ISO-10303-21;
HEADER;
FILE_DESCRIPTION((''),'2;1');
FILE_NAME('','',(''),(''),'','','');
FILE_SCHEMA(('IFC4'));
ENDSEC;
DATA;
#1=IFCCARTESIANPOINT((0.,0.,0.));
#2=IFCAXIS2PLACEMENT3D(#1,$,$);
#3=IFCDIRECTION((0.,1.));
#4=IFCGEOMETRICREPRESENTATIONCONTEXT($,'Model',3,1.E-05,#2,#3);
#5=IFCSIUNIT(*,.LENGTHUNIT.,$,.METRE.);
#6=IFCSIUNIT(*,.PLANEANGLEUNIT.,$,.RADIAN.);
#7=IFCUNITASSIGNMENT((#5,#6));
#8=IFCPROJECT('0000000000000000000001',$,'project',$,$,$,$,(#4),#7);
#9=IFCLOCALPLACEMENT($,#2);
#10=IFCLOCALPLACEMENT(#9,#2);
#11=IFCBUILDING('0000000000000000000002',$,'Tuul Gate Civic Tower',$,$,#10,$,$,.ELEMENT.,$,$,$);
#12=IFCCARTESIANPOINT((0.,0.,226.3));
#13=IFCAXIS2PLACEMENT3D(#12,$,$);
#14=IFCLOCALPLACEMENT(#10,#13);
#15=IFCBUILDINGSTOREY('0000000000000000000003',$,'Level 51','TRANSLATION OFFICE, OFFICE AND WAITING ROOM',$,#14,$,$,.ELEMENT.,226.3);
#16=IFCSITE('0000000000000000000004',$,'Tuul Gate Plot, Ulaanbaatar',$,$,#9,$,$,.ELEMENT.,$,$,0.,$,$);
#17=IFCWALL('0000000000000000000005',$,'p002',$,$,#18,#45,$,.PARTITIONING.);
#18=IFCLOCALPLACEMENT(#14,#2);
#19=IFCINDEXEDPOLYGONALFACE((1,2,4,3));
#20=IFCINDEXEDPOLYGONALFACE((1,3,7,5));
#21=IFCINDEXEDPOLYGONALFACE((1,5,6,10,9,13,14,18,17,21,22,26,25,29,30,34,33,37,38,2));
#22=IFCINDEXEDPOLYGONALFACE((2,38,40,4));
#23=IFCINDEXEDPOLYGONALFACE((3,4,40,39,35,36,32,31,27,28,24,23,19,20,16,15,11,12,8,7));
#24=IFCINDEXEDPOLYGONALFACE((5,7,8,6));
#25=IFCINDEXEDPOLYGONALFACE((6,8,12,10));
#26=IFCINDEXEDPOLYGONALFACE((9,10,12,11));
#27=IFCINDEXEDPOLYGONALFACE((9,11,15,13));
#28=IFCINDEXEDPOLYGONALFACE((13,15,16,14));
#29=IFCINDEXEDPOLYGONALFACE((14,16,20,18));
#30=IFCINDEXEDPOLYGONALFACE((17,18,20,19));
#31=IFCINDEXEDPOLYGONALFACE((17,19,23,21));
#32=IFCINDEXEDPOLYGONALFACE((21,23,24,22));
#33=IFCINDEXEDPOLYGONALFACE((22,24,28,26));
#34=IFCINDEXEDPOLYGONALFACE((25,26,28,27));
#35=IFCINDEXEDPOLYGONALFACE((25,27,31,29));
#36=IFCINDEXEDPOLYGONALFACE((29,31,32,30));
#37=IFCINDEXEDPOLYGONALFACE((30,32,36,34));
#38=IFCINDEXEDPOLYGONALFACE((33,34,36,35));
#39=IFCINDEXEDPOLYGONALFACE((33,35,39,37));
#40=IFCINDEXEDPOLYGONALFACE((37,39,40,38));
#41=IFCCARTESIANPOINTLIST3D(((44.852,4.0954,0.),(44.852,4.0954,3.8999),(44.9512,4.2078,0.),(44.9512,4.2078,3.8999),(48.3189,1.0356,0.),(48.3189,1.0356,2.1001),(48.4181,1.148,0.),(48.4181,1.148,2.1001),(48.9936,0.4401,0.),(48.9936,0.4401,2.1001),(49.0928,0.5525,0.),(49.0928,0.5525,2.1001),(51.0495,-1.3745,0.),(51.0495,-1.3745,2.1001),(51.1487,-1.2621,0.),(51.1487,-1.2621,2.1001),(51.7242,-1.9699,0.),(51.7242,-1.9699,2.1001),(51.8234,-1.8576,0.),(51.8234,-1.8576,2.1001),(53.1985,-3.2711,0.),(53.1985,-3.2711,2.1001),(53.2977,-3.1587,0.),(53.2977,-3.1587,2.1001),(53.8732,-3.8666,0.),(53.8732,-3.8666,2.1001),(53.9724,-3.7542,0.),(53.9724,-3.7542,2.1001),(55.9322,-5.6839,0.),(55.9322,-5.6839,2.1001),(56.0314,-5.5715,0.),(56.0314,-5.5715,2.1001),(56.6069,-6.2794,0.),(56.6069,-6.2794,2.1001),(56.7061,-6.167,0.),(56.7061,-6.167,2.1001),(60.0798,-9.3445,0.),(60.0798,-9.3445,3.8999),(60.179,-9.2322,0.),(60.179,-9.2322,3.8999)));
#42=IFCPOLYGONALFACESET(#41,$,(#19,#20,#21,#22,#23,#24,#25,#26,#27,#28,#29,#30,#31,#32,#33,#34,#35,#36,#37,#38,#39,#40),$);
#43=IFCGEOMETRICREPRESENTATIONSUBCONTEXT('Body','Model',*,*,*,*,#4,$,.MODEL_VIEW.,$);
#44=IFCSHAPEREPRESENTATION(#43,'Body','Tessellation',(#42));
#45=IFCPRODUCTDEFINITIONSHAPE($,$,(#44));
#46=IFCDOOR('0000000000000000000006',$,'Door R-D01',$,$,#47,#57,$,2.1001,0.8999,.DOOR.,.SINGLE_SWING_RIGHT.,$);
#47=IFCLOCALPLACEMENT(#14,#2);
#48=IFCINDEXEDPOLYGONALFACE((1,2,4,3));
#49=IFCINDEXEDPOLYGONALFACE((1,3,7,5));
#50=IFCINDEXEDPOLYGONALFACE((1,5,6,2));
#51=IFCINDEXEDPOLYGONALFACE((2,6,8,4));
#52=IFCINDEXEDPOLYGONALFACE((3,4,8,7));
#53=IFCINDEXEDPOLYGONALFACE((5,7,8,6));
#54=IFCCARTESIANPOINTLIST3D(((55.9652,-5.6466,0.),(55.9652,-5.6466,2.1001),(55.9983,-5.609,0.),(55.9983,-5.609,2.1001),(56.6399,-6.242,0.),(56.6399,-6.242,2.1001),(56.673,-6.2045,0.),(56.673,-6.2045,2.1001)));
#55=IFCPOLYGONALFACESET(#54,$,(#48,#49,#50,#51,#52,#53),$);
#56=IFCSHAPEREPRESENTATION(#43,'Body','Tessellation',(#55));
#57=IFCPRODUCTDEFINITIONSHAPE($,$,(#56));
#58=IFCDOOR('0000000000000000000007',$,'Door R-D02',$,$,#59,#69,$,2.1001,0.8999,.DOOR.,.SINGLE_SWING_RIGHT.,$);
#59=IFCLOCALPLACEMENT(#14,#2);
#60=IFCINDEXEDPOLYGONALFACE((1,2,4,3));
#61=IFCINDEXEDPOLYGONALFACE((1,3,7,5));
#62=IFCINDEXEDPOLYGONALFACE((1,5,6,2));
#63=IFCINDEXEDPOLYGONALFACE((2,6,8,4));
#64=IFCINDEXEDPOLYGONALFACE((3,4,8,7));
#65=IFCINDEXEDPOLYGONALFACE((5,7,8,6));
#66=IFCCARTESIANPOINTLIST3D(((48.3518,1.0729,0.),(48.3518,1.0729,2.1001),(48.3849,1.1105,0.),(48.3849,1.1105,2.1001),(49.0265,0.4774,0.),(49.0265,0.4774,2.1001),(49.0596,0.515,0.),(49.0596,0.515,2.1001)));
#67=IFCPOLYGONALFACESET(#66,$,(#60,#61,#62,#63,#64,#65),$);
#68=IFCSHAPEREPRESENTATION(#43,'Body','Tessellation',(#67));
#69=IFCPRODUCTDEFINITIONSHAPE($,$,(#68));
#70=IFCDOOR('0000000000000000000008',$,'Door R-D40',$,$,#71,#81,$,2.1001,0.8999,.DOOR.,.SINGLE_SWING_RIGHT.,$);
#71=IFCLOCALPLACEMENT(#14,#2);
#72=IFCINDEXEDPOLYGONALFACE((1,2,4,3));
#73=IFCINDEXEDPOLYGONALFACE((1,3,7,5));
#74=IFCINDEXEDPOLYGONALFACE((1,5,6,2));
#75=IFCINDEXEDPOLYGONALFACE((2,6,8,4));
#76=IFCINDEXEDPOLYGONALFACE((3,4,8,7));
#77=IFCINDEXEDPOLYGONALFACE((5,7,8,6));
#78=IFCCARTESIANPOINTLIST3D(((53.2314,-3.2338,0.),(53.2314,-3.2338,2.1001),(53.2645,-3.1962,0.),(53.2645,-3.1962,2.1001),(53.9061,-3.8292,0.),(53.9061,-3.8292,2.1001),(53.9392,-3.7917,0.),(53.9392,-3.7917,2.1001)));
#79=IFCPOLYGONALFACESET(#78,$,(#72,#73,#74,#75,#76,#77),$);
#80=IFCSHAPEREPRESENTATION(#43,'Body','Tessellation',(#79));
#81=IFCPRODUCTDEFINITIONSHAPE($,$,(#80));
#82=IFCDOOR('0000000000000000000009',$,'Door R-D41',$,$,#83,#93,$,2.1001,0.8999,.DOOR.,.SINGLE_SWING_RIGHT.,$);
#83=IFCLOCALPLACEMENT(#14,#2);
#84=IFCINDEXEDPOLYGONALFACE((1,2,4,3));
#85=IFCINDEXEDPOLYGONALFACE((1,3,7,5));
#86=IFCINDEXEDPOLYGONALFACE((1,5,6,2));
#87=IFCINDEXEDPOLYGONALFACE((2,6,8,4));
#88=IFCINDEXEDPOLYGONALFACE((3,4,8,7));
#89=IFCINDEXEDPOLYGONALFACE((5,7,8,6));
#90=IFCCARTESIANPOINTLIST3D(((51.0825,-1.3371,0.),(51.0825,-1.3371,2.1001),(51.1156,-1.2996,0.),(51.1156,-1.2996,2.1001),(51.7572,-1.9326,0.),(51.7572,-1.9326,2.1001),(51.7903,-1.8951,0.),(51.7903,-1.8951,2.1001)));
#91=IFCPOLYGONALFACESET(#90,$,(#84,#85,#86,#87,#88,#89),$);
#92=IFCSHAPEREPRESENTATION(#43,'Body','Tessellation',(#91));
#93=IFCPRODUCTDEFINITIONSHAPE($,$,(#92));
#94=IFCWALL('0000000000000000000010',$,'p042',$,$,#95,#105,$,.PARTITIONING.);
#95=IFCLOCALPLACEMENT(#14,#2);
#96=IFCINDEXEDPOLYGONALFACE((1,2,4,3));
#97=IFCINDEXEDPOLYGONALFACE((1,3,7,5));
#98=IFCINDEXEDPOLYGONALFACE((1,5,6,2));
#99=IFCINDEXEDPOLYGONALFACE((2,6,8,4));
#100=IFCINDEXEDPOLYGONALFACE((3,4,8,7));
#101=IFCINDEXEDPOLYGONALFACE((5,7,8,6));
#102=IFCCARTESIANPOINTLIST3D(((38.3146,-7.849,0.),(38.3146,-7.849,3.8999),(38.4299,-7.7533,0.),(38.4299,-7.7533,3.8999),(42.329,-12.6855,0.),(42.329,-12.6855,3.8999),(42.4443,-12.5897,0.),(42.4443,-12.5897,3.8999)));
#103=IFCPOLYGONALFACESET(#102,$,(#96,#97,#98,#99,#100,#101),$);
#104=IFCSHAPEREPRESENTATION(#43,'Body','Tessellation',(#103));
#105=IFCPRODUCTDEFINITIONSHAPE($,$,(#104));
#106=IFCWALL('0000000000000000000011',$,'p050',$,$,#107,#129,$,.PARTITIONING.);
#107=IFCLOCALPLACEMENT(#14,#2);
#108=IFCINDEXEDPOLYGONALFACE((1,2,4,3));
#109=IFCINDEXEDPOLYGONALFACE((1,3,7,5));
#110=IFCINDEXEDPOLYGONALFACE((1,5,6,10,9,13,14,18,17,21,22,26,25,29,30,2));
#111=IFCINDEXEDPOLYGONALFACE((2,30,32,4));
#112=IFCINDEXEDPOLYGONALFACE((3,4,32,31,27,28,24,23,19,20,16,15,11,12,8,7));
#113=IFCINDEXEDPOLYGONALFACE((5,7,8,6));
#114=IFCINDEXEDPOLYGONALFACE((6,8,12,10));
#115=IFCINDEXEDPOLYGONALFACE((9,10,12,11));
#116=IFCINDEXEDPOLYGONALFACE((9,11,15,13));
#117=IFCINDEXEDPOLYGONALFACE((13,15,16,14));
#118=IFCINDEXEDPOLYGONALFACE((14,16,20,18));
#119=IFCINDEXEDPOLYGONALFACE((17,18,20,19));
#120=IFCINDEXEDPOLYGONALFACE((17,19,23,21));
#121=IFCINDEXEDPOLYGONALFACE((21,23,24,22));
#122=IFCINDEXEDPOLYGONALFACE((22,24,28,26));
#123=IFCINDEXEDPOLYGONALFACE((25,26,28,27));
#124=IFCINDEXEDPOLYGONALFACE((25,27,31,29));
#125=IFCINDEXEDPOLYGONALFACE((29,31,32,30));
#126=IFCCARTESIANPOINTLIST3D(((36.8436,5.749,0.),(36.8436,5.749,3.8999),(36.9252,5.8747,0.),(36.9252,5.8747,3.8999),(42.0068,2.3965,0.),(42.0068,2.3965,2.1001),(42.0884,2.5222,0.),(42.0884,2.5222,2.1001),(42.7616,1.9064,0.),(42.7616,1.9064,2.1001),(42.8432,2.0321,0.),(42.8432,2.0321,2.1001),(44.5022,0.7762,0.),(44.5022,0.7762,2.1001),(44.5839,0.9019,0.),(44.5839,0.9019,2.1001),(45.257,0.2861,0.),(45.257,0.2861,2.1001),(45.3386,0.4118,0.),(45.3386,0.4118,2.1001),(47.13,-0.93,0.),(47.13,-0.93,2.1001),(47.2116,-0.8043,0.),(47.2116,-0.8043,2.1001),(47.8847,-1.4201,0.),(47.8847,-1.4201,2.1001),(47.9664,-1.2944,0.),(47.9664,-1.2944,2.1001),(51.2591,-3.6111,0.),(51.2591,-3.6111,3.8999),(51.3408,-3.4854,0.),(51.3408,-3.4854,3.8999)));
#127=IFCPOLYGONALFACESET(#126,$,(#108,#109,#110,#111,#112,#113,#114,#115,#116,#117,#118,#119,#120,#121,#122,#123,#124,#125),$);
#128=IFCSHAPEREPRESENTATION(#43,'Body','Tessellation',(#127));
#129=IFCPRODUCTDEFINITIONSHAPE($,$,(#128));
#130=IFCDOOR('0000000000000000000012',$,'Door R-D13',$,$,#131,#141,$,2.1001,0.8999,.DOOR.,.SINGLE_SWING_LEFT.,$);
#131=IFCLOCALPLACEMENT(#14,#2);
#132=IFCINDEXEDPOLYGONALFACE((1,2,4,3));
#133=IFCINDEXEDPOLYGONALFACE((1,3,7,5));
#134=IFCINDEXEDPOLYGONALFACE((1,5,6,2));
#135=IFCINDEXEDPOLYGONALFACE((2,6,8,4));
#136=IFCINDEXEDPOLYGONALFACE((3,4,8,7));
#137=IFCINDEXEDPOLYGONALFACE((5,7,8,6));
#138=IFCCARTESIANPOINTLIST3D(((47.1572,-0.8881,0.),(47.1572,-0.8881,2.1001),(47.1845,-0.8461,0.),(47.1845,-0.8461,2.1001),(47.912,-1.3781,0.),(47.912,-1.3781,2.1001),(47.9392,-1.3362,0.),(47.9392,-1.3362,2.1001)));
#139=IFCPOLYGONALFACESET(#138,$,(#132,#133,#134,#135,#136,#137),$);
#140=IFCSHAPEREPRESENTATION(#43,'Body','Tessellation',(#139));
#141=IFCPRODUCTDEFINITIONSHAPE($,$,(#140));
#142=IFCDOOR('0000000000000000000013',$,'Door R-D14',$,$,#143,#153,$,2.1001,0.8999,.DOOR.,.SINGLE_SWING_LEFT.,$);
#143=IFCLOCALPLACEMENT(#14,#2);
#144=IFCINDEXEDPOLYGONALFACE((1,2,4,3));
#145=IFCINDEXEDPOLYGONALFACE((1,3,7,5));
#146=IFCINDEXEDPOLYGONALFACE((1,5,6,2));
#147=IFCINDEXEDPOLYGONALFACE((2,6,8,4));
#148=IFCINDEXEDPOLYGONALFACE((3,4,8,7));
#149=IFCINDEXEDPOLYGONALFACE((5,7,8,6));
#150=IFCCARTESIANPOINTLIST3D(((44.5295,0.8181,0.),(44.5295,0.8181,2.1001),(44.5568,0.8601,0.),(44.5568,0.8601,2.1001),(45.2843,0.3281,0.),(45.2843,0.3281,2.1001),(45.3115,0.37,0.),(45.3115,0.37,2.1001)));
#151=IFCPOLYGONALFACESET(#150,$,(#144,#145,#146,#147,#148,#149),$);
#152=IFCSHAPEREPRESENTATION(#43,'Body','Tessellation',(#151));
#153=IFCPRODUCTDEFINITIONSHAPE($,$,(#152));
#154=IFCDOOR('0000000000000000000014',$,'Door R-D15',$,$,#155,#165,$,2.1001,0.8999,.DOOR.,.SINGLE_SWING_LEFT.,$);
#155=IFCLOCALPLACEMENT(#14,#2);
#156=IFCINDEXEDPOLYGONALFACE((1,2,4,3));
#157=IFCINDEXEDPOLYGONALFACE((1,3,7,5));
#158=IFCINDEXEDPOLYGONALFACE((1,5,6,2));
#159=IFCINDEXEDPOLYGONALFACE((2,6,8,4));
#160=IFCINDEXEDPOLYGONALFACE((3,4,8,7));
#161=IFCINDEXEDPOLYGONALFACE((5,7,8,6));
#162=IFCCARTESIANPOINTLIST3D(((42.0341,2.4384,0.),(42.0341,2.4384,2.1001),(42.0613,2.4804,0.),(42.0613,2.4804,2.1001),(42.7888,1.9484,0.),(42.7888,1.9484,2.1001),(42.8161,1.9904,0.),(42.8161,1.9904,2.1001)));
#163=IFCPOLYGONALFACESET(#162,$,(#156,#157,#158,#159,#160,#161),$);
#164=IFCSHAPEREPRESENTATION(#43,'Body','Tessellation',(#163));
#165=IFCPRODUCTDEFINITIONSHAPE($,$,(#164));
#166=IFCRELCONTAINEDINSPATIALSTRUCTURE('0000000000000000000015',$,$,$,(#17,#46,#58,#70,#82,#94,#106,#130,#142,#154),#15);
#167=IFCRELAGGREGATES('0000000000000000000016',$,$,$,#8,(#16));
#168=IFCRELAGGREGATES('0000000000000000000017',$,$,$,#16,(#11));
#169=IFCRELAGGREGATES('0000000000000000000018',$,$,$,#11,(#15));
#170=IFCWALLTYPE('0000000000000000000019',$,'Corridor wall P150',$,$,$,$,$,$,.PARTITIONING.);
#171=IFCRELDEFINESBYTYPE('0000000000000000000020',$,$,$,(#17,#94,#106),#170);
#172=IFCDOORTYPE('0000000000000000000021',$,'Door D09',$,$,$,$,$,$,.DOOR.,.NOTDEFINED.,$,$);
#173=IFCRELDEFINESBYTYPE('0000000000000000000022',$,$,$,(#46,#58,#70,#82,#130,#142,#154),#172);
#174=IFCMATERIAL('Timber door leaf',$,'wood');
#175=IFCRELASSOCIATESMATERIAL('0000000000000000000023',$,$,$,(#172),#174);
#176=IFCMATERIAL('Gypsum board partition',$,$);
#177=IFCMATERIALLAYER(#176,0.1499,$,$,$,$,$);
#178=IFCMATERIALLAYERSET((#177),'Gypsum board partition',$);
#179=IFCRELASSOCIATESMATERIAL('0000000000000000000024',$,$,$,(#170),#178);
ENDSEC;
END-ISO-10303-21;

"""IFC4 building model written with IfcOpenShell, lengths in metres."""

from ifc_helpers import new_model, si_unit, direction, frame, frame_2d, origin, place, context, subcontext, project, spatial, rectangle, extrude, material, layer, layer_set, type_object, element, fill, save


model = new_model("IFC4")

# Units and contexts
model_context = context("Model", 3, precision=1e-05, world=origin(), true_north=direction((0.0, 1.0)))
body_context = subcontext(model_context, "Body", "Model", "MODEL_VIEW")
ifc_project = project(units=[si_unit("LENGTHUNIT", "METRE"), si_unit("PLANEANGLEUNIT", "RADIAN")], contexts=[model_context])

# Site, building, storey
site_placement = place(None, origin())
site = spatial("IfcSite", under=ifc_project, at=site_placement, Name="Tuul Gate Plot, Ulaanbaatar", CompositionType="ELEMENT", RefElevation=0.0)
building_placement = place(site_placement, origin())
building = spatial("IfcBuilding", under=site, at=building_placement, Name="Tuul Gate Civic Tower", CompositionType="ELEMENT")
storey_placement = place(building_placement, frame((0.0, 0.0, 226.3)))
storey = spatial("IfcBuildingStorey", under=building, at=storey_placement, Name="Level 51", Description="TRANSLATION OFFICE, OFFICE AND WAITING ROOM", CompositionType="ELEMENT", Elevation=226.3)

# Wall, openings, doors
ifc_material_1 = material(Name="Timber door leaf", Category="wood")
door_type = type_object("IfcDoorType", Name="Door D09", OperationType="NOTDEFINED", PredefinedType="DOOR", material=ifc_material_1)
ifc_material_2 = material(Name="Gypsum board partition")
ifc_layer_1 = layer(ifc_material_2, 0.1499)
ifc_layer_set_1 = layer_set([ifc_layer_1], Name="Gypsum board partition")
wall_type_1 = type_object("IfcWallType", Name="Corridor wall P150", PredefinedType="PARTITIONING", material=ifc_layer_set_1)
wall_1_placement = place(storey_placement, frame((44.9016, 4.1516, 0.0), z_axis=(0.0, 0.0, 1.0), x_axis=(0.749748, -0.661723, 0.0)))
wall_1 = element("IfcWall", 1, at=wall_1_placement, inside=storey, type_object=wall_type_1, Name="p002", PredefinedType="PARTITIONING", context=body_context, shape_type="SweptSolid", body=[
    extrude(rectangle(XDim=20.3105, YDim=0.1499, at=frame_2d((10.1553, 0.0))), origin(), (0.0, 0.0, 1.0), 3.8999),
])
opening_1_placement = place(wall_1_placement, frame((14.7786, 0.0, 0.0)))
opening_1 = element("IfcOpeningElement", 2, at=opening_1_placement, cuts=wall_1, PredefinedType="OPENING", context=body_context, shape_type="SweptSolid", body=[
    extrude(rectangle(XDim=0.8999, YDim=2.1001, at=frame_2d((0.45, 1.05))), frame((0.0, 0.085, 0.0), z_axis=(0.0, -1.0, 0.0), x_axis=(1.0, 0.0, 0.0)), (0.0, 0.0, 1.0), 0.1699),
])
opening_2_placement = place(wall_1_placement, frame((4.624, 0.0, 0.0)))
opening_2 = element("IfcOpeningElement", 3, at=opening_2_placement, cuts=wall_1, PredefinedType="OPENING", context=body_context, shape_type="SweptSolid", body=[
    extrude(rectangle(XDim=0.8999, YDim=2.1001, at=frame_2d((0.45, 1.05))), frame((0.0, 0.085, 0.0), z_axis=(0.0, -1.0, 0.0), x_axis=(1.0, 0.0, 0.0)), (0.0, 0.0, 1.0), 0.1699),
])
opening_3_placement = place(wall_1_placement, frame((11.1323, 0.0, 0.0)))
opening_3 = element("IfcOpeningElement", 4, at=opening_3_placement, cuts=wall_1, PredefinedType="OPENING", context=body_context, shape_type="SweptSolid", body=[
    extrude(rectangle(XDim=0.8999, YDim=2.1001, at=frame_2d((0.45, 1.05))), frame((0.0, 0.085, 0.0), z_axis=(0.0, -1.0, 0.0), x_axis=(1.0, 0.0, 0.0)), (0.0, 0.0, 1.0), 0.1699),
])
opening_4_placement = place(wall_1_placement, frame((8.2661, 0.0, 0.0)))
opening_4 = element("IfcOpeningElement", 5, at=opening_4_placement, cuts=wall_1, PredefinedType="OPENING", context=body_context, shape_type="SweptSolid", body=[
    extrude(rectangle(XDim=0.8999, YDim=2.1001, at=frame_2d((0.45, 1.05))), frame((0.0, 0.085, 0.0), z_axis=(0.0, -1.0, 0.0), x_axis=(1.0, 0.0, 0.0)), (0.0, 0.0, 1.0), 0.1699),
])
door_1_placement = place(opening_1_placement, origin())
door_1 = element("IfcDoor", 6, at=door_1_placement, inside=storey, type_object=door_type, Name="Door R-D01", OperationType="SINGLE_SWING_RIGHT", OverallHeight=2.1001, OverallWidth=0.8999, PredefinedType="DOOR", context=body_context, shape_type="SweptSolid", body=[
    extrude(rectangle(XDim=0.8999, YDim=2.1001, at=frame_2d((0.45, 1.05))), frame((0.0, 0.0249, 0.0), z_axis=(0.0, -1.0, 0.0), x_axis=(1.0, 0.0, 0.0)), (0.0, 0.0, 1.0), 0.05),
])
fill(opening_1, door_1)
door_2_placement = place(opening_2_placement, origin())
door_2 = element("IfcDoor", 7, at=door_2_placement, inside=storey, type_object=door_type, Name="Door R-D02", OperationType="SINGLE_SWING_RIGHT", OverallHeight=2.1001, OverallWidth=0.8999, PredefinedType="DOOR", context=body_context, shape_type="SweptSolid", body=[
    extrude(rectangle(XDim=0.8999, YDim=2.1001, at=frame_2d((0.45, 1.05))), frame((0.0, 0.0249, 0.0), z_axis=(0.0, -1.0, 0.0), x_axis=(1.0, 0.0, 0.0)), (0.0, 0.0, 1.0), 0.05),
])
fill(opening_2, door_2)
door_3_placement = place(opening_3_placement, origin())
door_3 = element("IfcDoor", 8, at=door_3_placement, inside=storey, type_object=door_type, Name="Door R-D40", OperationType="SINGLE_SWING_RIGHT", OverallHeight=2.1001, OverallWidth=0.8999, PredefinedType="DOOR", context=body_context, shape_type="SweptSolid", body=[
    extrude(rectangle(XDim=0.8999, YDim=2.1001, at=frame_2d((0.45, 1.05))), frame((0.0, 0.0249, 0.0), z_axis=(0.0, -1.0, 0.0), x_axis=(1.0, 0.0, 0.0)), (0.0, 0.0, 1.0), 0.05),
])
fill(opening_3, door_3)
door_4_placement = place(opening_4_placement, origin())
door_4 = element("IfcDoor", 9, at=door_4_placement, inside=storey, type_object=door_type, Name="Door R-D41", OperationType="SINGLE_SWING_RIGHT", OverallHeight=2.1001, OverallWidth=0.8999, PredefinedType="DOOR", context=body_context, shape_type="SweptSolid", body=[
    extrude(rectangle(XDim=0.8999, YDim=2.1001, at=frame_2d((0.45, 1.05))), frame((0.0, 0.0249, 0.0), z_axis=(0.0, -1.0, 0.0), x_axis=(1.0, 0.0, 0.0)), (0.0, 0.0, 1.0), 0.05),
])
fill(opening_4, door_4)

# Wall
wall_2_placement = place(storey_placement, frame((38.3723, -7.8013, 0.0), z_axis=(0.0, 0.0, 1.0), x_axis=(0.638686, -0.769468, 0.0)))
element("IfcWall", 10, at=wall_2_placement, inside=storey, type_object=wall_type_1, Name="p042", PredefinedType="PARTITIONING", context=body_context, shape_type="SweptSolid", body=[
    extrude(rectangle(XDim=6.2854, YDim=0.1499, at=frame_2d((3.1426, 0.0))), origin(), (0.0, 0.0, 1.0), 3.8999),
])

# Wall, openings, doors
wall_3_placement = place(storey_placement, frame((36.8845, 5.8118, 0.0), z_axis=(0.0, 0.0, 1.0), x_axis=(0.838709, -0.54458, 0.0)))
wall_3 = element("IfcWall", 11, at=wall_3_placement, inside=storey, type_object=wall_type_1, Name="p050", PredefinedType="PARTITIONING", context=body_context, shape_type="SweptSolid", body=[
    extrude(rectangle(XDim=17.1877, YDim=0.1499, at=frame_2d((8.5938, 0.0))), origin(), (0.0, 0.0, 1.0), 3.8999),
])
opening_5_placement = place(wall_3_placement, frame((12.2644, 0.0, 0.0)))
opening_5 = element("IfcOpeningElement", 12, at=opening_5_placement, cuts=wall_3, PredefinedType="OPENING", context=body_context, shape_type="SweptSolid", body=[
    extrude(rectangle(XDim=0.8999, YDim=2.1001, at=frame_2d((0.45, 1.05))), frame((0.0, 0.085, 0.0), z_axis=(0.0, -1.0, 0.0), x_axis=(1.0, 0.0, 0.0)), (0.0, 0.0, 1.0), 0.1699),
])
opening_6_placement = place(wall_3_placement, frame((9.1313, 0.0, 0.0)))
opening_6 = element("IfcOpeningElement", 13, at=opening_6_placement, cuts=wall_3, PredefinedType="OPENING", context=body_context, shape_type="SweptSolid", body=[
    extrude(rectangle(XDim=0.8999, YDim=2.1001, at=frame_2d((0.45, 1.05))), frame((0.0, 0.085, 0.0), z_axis=(0.0, -1.0, 0.0), x_axis=(1.0, 0.0, 0.0)), (0.0, 0.0, 1.0), 0.1699),
])
opening_7_placement = place(wall_3_placement, frame((6.156, 0.0, 0.0)))
opening_7 = element("IfcOpeningElement", 14, at=opening_7_placement, cuts=wall_3, PredefinedType="OPENING", context=body_context, shape_type="SweptSolid", body=[
    extrude(rectangle(XDim=0.8999, YDim=2.1001, at=frame_2d((0.45, 1.05))), frame((0.0, 0.085, 0.0), z_axis=(0.0, -1.0, 0.0), x_axis=(1.0, 0.0, 0.0)), (0.0, 0.0, 1.0), 0.1699),
])
door_5_placement = place(opening_5_placement, frame((0.8999, 0.0, 0.0), z_axis=(0.0, 0.0, 1.0), x_axis=(-1.0, 0.0, 0.0)))
door_5 = element("IfcDoor", 15, at=door_5_placement, inside=storey, type_object=door_type, Name="Door R-D13", OperationType="SINGLE_SWING_LEFT", OverallHeight=2.1001, OverallWidth=0.8999, PredefinedType="DOOR", context=body_context, shape_type="SweptSolid", body=[
    extrude(rectangle(XDim=0.8999, YDim=2.1001, at=frame_2d((0.45, 1.05))), frame((0.0, 0.0249, 0.0), z_axis=(0.0, -1.0, 0.0), x_axis=(1.0, 0.0, 0.0)), (0.0, 0.0, 1.0), 0.05),
])
fill(opening_5, door_5)
door_6_placement = place(opening_6_placement, frame((0.8999, 0.0, 0.0), z_axis=(0.0, 0.0, 1.0), x_axis=(-1.0, 0.0, 0.0)))
door_6 = element("IfcDoor", 16, at=door_6_placement, inside=storey, type_object=door_type, Name="Door R-D14", OperationType="SINGLE_SWING_LEFT", OverallHeight=2.1001, OverallWidth=0.8999, PredefinedType="DOOR", context=body_context, shape_type="SweptSolid", body=[
    extrude(rectangle(XDim=0.8999, YDim=2.1001, at=frame_2d((0.45, 1.05))), frame((0.0, 0.0249, 0.0), z_axis=(0.0, -1.0, 0.0), x_axis=(1.0, 0.0, 0.0)), (0.0, 0.0, 1.0), 0.05),
])
fill(opening_6, door_6)
door_7_placement = place(opening_7_placement, frame((0.8999, 0.0, 0.0), z_axis=(0.0, 0.0, 1.0), x_axis=(-1.0, 0.0, 0.0)))
door_7 = element("IfcDoor", 17, at=door_7_placement, inside=storey, type_object=door_type, Name="Door R-D15", OperationType="SINGLE_SWING_LEFT", OverallHeight=2.1001, OverallWidth=0.8999, PredefinedType="DOOR", context=body_context, shape_type="SweptSolid", body=[
    extrude(rectangle(XDim=0.8999, YDim=2.1001, at=frame_2d((0.45, 1.05))), frame((0.0, 0.0249, 0.0), z_axis=(0.0, -1.0, 0.0), x_axis=(1.0, 0.0, 0.0)), (0.0, 0.0, 1.0), 0.05),
])
fill(opening_7, door_7)

save(model, "model.ifc")
